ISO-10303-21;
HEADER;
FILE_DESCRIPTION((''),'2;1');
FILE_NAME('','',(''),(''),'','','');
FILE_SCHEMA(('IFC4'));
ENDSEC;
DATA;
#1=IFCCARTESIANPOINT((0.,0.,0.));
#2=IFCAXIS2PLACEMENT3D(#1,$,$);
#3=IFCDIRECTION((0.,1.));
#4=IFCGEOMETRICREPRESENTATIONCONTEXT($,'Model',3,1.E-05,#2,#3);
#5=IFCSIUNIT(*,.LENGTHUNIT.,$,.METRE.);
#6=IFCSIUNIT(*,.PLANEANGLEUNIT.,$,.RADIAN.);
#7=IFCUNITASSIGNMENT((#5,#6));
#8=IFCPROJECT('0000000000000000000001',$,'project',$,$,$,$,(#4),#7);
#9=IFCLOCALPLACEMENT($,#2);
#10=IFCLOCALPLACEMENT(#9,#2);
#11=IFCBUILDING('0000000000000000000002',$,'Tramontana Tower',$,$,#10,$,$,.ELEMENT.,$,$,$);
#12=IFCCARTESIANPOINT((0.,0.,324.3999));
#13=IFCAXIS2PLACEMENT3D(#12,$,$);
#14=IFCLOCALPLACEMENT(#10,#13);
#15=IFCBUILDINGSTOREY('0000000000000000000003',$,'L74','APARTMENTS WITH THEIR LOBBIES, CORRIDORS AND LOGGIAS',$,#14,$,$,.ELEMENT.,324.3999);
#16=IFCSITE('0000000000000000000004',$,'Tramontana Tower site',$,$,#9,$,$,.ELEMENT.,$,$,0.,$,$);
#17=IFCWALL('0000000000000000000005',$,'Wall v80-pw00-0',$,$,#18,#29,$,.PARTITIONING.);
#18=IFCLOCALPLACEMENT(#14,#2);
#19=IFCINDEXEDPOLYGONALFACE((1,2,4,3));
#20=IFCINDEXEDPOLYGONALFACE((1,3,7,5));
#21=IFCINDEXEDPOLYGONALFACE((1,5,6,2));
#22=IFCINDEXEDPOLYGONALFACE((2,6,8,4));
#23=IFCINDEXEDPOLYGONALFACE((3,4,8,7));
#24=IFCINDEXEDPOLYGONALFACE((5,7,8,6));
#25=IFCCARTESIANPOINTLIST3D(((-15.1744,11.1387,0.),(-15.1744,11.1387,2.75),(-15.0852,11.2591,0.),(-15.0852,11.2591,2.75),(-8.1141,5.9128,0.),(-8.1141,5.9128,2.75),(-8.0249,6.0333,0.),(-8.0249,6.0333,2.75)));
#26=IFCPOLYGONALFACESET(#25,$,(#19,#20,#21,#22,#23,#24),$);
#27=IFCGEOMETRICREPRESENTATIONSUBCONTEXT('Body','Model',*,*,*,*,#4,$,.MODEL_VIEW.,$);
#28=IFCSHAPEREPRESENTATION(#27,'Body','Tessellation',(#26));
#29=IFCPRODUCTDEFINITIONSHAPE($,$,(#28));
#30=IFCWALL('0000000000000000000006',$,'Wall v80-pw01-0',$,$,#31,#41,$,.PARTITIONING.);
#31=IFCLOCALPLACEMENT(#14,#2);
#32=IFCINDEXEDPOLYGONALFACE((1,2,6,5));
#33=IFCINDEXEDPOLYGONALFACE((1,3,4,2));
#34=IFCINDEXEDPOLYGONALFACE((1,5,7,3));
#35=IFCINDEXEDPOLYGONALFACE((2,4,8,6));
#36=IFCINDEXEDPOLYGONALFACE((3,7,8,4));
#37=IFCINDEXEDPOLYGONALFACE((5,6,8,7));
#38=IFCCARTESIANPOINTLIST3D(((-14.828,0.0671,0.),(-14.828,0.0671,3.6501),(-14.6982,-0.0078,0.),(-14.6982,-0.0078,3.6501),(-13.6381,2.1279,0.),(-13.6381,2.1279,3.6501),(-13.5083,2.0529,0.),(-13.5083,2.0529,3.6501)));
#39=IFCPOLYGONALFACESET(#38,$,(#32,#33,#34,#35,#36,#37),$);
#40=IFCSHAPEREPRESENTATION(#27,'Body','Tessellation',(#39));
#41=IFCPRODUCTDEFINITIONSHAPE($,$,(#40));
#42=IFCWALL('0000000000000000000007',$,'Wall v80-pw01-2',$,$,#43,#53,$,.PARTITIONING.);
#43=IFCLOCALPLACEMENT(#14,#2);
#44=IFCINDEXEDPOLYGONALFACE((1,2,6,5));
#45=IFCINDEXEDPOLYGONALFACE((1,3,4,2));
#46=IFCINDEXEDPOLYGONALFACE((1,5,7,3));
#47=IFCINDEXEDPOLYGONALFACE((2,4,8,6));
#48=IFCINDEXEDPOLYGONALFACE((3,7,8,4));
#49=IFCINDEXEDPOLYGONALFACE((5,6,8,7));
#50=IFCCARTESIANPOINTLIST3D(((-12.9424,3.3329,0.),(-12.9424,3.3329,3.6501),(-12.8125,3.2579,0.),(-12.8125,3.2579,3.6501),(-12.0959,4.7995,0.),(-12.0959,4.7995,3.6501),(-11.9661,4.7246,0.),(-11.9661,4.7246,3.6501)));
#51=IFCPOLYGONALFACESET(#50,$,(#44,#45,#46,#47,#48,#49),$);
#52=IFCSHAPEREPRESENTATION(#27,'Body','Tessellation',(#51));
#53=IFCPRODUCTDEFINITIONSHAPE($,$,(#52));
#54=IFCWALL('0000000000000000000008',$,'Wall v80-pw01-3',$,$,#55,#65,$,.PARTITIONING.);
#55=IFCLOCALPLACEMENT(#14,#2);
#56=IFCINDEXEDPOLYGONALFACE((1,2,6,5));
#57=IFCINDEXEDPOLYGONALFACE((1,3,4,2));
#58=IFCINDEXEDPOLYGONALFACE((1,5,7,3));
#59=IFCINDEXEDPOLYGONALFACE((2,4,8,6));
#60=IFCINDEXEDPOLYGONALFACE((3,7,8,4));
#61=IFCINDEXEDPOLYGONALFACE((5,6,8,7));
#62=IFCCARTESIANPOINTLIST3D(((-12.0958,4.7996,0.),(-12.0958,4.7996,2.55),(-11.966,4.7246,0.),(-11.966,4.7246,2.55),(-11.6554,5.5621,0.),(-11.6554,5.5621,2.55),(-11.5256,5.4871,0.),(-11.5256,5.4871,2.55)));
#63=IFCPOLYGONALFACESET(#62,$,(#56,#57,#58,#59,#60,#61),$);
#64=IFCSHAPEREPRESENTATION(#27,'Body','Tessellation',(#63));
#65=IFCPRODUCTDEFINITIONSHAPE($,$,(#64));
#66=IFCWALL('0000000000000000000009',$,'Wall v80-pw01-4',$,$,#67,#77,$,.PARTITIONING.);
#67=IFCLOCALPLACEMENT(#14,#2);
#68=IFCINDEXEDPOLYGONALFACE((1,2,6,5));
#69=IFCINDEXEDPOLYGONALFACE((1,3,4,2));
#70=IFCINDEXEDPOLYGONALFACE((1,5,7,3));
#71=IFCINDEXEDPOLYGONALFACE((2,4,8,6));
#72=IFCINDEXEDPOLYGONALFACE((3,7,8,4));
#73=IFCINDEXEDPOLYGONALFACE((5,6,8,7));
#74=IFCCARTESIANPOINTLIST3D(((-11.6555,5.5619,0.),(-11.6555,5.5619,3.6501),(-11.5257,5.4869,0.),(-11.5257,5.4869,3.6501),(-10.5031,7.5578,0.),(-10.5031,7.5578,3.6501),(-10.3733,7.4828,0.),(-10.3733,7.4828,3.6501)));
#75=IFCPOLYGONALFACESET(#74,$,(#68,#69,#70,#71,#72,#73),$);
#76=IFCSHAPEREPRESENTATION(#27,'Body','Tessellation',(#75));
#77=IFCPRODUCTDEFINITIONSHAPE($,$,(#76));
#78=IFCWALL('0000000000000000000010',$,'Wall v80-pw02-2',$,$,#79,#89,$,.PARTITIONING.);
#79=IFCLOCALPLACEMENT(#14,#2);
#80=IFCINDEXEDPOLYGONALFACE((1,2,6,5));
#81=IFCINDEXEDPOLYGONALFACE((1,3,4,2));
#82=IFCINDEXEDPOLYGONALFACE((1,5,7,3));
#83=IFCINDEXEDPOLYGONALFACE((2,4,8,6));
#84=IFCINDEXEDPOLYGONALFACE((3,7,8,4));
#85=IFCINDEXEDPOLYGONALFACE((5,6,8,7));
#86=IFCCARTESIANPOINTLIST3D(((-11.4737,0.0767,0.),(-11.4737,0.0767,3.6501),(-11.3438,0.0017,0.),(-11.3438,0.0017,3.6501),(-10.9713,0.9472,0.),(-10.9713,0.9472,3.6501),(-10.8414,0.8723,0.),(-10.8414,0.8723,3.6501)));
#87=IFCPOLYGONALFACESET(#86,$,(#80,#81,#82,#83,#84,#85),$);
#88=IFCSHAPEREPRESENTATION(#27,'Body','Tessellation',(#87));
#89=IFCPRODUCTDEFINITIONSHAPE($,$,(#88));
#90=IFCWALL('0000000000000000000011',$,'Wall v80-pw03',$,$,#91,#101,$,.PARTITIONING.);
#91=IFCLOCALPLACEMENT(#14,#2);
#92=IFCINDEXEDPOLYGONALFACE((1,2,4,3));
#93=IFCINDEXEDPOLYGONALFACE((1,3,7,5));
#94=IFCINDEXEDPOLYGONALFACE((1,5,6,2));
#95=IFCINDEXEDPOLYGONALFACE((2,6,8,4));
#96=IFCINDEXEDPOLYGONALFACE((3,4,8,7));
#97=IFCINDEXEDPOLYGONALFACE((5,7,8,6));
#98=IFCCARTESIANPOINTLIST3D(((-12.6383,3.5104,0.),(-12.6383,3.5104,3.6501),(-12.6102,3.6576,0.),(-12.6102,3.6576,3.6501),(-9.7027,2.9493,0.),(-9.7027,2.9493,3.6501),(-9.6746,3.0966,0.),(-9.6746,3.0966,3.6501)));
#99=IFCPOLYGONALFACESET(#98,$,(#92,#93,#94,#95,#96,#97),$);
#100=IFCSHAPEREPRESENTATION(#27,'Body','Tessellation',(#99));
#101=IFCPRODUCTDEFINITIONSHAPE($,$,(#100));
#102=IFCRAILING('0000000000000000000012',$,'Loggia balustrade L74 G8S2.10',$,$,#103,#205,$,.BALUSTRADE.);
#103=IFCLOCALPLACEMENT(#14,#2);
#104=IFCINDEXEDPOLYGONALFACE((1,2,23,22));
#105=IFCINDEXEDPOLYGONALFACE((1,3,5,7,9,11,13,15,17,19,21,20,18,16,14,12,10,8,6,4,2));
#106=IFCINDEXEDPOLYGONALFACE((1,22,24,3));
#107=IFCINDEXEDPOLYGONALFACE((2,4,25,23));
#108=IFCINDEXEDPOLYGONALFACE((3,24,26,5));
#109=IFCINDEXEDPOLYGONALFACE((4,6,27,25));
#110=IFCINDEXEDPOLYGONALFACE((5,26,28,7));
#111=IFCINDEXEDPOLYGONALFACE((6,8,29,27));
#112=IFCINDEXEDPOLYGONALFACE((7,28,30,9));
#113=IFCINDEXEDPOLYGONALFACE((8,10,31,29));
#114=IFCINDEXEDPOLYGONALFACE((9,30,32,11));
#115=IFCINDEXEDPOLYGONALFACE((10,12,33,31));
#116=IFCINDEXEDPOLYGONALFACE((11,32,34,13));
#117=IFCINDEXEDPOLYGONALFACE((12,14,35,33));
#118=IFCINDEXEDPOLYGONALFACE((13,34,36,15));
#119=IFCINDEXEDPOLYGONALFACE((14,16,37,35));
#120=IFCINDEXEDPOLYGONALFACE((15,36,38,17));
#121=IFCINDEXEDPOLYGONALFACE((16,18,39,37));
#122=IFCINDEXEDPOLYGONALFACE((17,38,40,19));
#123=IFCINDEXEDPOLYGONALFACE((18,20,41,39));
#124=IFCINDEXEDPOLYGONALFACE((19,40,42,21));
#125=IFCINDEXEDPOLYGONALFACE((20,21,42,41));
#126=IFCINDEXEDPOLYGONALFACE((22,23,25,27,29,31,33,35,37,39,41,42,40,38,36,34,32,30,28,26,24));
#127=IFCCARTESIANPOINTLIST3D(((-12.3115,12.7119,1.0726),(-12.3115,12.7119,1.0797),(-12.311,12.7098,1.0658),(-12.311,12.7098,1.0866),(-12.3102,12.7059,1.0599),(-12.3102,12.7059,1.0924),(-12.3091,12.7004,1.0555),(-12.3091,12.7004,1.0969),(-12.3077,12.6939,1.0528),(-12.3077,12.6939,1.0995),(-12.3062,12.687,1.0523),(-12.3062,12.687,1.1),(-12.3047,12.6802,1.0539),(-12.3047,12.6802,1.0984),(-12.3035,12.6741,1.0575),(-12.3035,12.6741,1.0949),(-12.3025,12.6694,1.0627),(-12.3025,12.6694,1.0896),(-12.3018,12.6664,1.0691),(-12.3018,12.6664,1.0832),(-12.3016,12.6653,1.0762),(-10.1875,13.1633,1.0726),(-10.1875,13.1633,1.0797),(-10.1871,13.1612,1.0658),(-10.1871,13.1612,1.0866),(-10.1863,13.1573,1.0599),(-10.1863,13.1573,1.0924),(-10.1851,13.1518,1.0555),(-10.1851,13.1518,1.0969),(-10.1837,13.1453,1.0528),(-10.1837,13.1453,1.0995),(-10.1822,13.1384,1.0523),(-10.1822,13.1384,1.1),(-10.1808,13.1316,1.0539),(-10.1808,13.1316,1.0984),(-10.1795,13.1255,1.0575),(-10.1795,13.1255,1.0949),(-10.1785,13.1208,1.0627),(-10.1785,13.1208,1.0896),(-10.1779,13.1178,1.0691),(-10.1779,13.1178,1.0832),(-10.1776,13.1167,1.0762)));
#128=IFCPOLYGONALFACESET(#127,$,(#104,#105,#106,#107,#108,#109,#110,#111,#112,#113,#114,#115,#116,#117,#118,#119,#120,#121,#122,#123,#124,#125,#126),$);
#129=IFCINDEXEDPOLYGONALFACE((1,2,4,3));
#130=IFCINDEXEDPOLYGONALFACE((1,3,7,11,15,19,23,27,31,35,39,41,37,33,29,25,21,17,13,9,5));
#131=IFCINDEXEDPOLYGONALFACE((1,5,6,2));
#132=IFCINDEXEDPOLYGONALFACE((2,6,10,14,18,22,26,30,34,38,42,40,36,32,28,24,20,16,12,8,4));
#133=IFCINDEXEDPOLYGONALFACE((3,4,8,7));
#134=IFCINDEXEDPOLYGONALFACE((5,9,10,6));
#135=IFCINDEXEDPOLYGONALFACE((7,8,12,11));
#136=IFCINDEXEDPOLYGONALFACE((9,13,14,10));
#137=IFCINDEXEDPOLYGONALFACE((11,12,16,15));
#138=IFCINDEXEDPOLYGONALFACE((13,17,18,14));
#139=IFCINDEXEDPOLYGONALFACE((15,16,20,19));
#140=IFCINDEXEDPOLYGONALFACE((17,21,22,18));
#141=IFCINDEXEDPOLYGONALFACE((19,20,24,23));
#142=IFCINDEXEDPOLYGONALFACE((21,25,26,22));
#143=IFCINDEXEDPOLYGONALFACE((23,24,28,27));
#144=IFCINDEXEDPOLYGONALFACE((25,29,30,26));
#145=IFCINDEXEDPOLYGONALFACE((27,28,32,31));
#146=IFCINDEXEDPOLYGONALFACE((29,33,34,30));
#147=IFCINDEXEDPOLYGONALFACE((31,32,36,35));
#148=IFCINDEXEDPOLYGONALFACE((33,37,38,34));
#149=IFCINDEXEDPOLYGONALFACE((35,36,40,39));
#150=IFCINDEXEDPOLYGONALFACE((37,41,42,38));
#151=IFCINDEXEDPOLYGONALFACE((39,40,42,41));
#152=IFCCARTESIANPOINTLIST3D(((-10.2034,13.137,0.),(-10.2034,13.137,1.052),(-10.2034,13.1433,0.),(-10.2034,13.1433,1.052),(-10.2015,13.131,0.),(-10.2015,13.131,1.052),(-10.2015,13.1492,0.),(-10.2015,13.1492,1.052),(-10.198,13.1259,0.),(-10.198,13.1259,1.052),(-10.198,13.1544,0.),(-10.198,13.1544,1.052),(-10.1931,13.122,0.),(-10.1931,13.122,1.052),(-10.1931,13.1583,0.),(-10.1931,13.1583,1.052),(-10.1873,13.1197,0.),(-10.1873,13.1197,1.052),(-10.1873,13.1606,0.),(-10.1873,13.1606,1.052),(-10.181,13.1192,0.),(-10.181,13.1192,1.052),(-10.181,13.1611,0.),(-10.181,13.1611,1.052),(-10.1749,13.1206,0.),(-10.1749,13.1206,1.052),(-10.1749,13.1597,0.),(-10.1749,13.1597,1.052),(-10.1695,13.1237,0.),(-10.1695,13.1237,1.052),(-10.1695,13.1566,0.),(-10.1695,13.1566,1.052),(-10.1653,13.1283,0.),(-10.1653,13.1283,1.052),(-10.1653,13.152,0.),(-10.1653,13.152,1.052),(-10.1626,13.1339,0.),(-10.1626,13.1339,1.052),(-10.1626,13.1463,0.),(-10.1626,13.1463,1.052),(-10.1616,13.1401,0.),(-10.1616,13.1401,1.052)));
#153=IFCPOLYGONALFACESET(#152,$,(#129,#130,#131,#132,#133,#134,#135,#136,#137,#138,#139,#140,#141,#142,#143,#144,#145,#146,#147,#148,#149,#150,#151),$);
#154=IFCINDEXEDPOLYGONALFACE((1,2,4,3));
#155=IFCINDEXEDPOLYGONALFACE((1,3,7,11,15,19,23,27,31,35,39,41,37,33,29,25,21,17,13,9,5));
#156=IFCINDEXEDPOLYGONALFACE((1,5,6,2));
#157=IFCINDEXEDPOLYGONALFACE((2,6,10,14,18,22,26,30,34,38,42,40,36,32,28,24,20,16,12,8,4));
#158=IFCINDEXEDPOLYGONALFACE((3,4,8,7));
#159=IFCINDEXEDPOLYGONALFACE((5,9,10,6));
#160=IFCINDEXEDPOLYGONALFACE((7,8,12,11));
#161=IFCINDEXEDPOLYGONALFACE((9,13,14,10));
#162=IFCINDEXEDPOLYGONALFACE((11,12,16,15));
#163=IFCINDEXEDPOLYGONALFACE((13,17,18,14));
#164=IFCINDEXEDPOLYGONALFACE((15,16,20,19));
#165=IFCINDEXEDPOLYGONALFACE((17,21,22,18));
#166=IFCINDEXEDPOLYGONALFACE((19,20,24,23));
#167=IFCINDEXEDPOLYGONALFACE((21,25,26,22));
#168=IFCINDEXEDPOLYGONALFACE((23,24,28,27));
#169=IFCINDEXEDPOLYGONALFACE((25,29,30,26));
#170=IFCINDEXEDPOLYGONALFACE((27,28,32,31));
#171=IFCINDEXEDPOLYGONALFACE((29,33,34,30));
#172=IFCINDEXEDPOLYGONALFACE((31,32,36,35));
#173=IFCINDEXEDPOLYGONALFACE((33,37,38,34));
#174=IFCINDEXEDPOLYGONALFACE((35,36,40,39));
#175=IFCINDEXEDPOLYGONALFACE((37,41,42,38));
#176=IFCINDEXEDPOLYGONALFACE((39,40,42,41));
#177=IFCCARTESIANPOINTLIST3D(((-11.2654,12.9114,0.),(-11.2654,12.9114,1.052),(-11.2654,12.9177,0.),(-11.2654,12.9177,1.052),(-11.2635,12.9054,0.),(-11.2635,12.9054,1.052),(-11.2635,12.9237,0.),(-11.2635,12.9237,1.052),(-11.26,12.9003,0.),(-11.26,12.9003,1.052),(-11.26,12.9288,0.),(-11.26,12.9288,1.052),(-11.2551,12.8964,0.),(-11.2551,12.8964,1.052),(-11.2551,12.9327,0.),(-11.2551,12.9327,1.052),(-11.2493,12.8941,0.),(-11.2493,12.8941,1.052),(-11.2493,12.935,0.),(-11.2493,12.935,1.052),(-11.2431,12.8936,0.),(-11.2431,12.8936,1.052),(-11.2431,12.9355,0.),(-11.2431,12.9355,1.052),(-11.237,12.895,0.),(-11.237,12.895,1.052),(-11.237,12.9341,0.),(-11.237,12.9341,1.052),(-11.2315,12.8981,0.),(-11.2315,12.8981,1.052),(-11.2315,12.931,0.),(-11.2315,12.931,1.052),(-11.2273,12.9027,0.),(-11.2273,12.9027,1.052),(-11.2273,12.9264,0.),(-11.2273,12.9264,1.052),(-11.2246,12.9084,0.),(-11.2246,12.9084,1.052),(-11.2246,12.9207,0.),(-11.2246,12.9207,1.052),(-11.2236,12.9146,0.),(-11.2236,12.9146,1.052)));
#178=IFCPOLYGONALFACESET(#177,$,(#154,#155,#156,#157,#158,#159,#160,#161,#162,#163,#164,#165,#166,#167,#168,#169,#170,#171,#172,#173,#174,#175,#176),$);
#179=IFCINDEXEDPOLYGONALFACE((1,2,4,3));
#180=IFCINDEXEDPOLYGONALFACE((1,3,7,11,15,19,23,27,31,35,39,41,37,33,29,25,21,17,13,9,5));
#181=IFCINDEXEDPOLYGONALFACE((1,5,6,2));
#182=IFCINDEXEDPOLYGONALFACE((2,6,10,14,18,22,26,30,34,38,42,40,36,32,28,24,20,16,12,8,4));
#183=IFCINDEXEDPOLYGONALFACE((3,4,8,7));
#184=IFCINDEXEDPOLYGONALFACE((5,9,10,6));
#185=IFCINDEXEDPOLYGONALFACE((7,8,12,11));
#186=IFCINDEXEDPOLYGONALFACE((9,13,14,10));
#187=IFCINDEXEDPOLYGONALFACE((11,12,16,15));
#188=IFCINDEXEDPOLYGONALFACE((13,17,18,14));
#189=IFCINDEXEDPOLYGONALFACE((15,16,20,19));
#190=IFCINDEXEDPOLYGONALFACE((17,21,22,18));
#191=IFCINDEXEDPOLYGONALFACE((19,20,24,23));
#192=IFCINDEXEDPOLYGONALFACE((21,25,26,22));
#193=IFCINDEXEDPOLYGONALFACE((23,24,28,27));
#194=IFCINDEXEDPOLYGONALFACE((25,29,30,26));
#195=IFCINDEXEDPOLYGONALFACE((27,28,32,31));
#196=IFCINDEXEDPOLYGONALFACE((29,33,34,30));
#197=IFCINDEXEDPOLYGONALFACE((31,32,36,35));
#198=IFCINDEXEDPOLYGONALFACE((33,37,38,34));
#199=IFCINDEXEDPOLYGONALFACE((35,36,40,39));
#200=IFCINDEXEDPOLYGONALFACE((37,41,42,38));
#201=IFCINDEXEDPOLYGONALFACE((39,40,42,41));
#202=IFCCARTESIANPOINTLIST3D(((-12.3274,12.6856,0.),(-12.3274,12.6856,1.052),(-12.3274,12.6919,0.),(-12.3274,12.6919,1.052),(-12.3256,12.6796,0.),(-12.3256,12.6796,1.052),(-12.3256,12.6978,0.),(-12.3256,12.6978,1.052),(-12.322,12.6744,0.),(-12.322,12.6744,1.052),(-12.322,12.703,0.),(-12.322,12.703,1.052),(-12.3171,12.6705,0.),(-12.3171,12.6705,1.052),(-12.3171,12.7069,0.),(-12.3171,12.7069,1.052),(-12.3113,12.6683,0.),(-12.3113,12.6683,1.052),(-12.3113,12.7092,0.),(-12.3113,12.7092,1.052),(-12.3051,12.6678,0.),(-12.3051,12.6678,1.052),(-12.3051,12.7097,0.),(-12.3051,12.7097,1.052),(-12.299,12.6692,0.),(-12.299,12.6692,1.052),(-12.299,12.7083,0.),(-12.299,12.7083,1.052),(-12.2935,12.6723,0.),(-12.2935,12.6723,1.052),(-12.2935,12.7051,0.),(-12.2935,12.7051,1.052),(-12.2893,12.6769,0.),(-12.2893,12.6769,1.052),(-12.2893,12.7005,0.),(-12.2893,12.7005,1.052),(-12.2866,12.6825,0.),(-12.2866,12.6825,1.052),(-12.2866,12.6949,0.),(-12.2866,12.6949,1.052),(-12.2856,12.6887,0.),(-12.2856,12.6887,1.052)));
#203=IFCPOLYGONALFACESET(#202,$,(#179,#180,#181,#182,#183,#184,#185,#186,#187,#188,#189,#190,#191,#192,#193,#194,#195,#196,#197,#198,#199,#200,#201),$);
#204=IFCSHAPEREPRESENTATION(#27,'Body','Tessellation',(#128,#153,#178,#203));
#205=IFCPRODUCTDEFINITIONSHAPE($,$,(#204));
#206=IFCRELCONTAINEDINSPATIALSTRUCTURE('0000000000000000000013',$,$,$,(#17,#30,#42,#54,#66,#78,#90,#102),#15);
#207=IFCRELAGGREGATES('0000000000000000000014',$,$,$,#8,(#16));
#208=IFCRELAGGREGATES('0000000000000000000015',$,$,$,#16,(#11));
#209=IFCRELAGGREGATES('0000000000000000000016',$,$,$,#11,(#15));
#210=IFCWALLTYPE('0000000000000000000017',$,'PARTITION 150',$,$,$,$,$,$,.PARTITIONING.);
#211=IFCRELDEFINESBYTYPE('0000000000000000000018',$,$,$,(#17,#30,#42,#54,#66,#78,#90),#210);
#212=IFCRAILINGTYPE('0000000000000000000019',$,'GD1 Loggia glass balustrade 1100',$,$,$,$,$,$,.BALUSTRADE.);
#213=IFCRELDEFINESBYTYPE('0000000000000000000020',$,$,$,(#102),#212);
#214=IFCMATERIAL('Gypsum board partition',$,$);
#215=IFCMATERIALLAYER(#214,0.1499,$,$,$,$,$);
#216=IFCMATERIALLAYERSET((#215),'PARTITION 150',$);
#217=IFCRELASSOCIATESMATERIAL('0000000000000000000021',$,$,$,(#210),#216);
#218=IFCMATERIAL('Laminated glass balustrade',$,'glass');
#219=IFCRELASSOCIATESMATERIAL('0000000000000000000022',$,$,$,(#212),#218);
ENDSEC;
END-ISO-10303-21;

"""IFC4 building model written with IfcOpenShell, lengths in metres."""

from ifc_helpers import new_model, si_unit, direction, frame, frame_2d, origin, origin_2d, place, context, subcontext, project, spatial, rectangle, circle, extrude, material, layer, layer_set, type_object, element, save


model = new_model("IFC4")

# Units and contexts
model_context = context("Model", 3, precision=1e-05, world=origin(), true_north=direction((0.0, 1.0)))
body_context = subcontext(model_context, "Body", "Model", "MODEL_VIEW")
ifc_project = project(units=[si_unit("LENGTHUNIT", "METRE"), si_unit("PLANEANGLEUNIT", "RADIAN")], contexts=[model_context])

# Site, building, storey
site_placement = place(None, origin())
site = spatial("IfcSite", under=ifc_project, at=site_placement, Name="Tramontana Tower site", CompositionType="ELEMENT", RefElevation=0.0)
building_placement = place(site_placement, origin())
building = spatial("IfcBuilding", under=site, at=building_placement, Name="Tramontana Tower", CompositionType="ELEMENT")
storey_placement = place(building_placement, frame((0.0, 0.0, 324.3999)))
storey = spatial("IfcBuildingStorey", under=building, at=storey_placement, Name="L74", Description="APARTMENTS WITH THEIR LOBBIES, CORRIDORS AND LOGGIAS", CompositionType="ELEMENT", Elevation=324.3999)

# Walls
ifc_material_1 = material(Name="Gypsum board partition")
ifc_layer_1 = layer(ifc_material_1, 0.1499)
ifc_layer_set_1 = layer_set([ifc_layer_1], Name="PARTITION 150")
wall_type_1 = type_object("IfcWallType", Name="PARTITION 150", PredefinedType="PARTITIONING", material=ifc_layer_set_1)
wall_1_placement = place(storey_placement, frame((-15.1299, 11.199, 0.0), z_axis=(0.0, 0.0, 1.0), x_axis=(0.803776, -0.594932, 0.0)))
element("IfcWall", 1, at=wall_1_placement, inside=storey, type_object=wall_type_1, Name="Wall v80-pw00-0", PredefinedType="PARTITIONING", context=body_context, shape_type="SweptSolid", body=[
    extrude(rectangle(XDim=8.7839, YDim=0.1499, at=frame_2d((4.3921, 0.0))), origin(), (0.0, 0.0, 1.0), 2.75),
])
wall_2_placement = place(storey_placement, frame((-14.7632, 0.0295, 0.0), z_axis=(0.0, 0.0, 1.0), x_axis=(0.500045, 0.865999, 0.0)))
element("IfcWall", 2, at=wall_2_placement, inside=storey, type_object=wall_type_1, Name="Wall v80-pw01-0", PredefinedType="PARTITIONING", context=body_context, shape_type="SweptSolid", body=[
    extrude(rectangle(XDim=2.3796, YDim=0.1499, at=frame_2d((1.1899, 0.0))), origin(), (0.0, 0.0, 1.0), 3.6501),
])

# Walls
wall_3_placement = place(storey_placement, frame((-12.8774, 3.2954, 0.0), z_axis=(0.0, 0.0, 1.0), x_axis=(0.499876, 0.866097, 0.0)))
element("IfcWall", 3, at=wall_3_placement, inside=storey, type_object=wall_type_1, Name="Wall v80-pw01-2", PredefinedType="PARTITIONING", context=body_context, shape_type="SweptSolid", body=[
    extrude(rectangle(XDim=1.6934, YDim=0.1499, at=frame_2d((0.8467, 0.0))), origin(), (0.0, 0.0, 1.0), 3.6501),
])
wall_4_placement = place(storey_placement, frame((-12.031, 4.762, 0.0), z_axis=(0.0, 0.0, 1.0), x_axis=(0.500194, 0.865913, 0.0)))
element("IfcWall", 4, at=wall_4_placement, inside=storey, type_object=wall_type_1, Name="Wall v80-pw01-3", PredefinedType="PARTITIONING", context=body_context, shape_type="SweptSolid", body=[
    extrude(rectangle(XDim=0.8806, YDim=0.1499, at=frame_2d((0.4404, 0.0))), origin(), (0.0, 0.0, 1.0), 2.55),
])
wall_5_placement = place(storey_placement, frame((-11.5906, 5.5244, 0.0), z_axis=(0.0, 0.0, 1.0), x_axis=(0.500013, 0.866018, 0.0)))
element("IfcWall", 5, at=wall_5_placement, inside=storey, type_object=wall_type_1, Name="Wall v80-pw01-4", PredefinedType="PARTITIONING", context=body_context, shape_type="SweptSolid", body=[
    extrude(rectangle(XDim=2.3047, YDim=0.1499, at=frame_2d((1.1523, 0.0))), origin(), (0.0, 0.0, 1.0), 3.6501),
])
wall_6_placement = place(storey_placement, frame((-11.4087, 0.0393, 0.0), z_axis=(0.0, 0.0, 1.0), x_axis=(0.499849, 0.866113, 0.0)))
element("IfcWall", 6, at=wall_6_placement, inside=storey, type_object=wall_type_1, Name="Wall v80-pw02-2", PredefinedType="PARTITIONING", context=body_context, shape_type="SweptSolid", body=[
    extrude(rectangle(XDim=1.0051, YDim=0.1499, at=frame_2d((0.5024, 0.0))), origin(), (0.0, 0.0, 1.0), 3.6501),
])
wall_7_placement = place(storey_placement, frame((-12.6243, 3.584, 0.0), z_axis=(0.0, 0.0, 1.0), x_axis=(0.982223, -0.18772, 0.0)))
element("IfcWall", 7, at=wall_7_placement, inside=storey, type_object=wall_type_1, Name="Wall v80-pw03", PredefinedType="PARTITIONING", context=body_context, shape_type="SweptSolid", body=[
    extrude(rectangle(XDim=2.9888, YDim=0.1499, at=frame_2d((1.4944, 0.0))), origin(), (0.0, 0.0, 1.0), 3.6501),
])

# Railing
ifc_material_2 = material(Name="Laminated glass balustrade", Category="glass")
railing_type = type_object("IfcRailingType", Name="GD1 Loggia glass balustrade 1100", PredefinedType="BALUSTRADE", material=ifc_material_2)
railing_1_placement = place(storey_placement, frame((-10.1826, 13.1401, 0.0)))
element("IfcRailing", 8, at=railing_1_placement, inside=storey, type_object=railing_type, Name="Loggia balustrade L74 G8S2.10", PredefinedType="BALUSTRADE", context=body_context, shape_type="SweptSolid", body=[
    extrude(circle(Radius=0.0239, at=origin_2d()), frame((0.0, 0.0, 1.0762), z_axis=(-0.978153, -0.207886, 0.0), x_axis=(0.207886, -0.978153, 0.0)), (0.0, 0.0, 1.0), 2.1714),
    extrude(circle(Radius=0.021, at=origin_2d()), origin(), (0.0, 0.0, 1.0), 1.052),
    extrude(circle(Radius=0.021, at=origin_2d()), frame((-1.062, -0.2256, 0.0)), (0.0, 0.0, 1.0), 1.052),
    extrude(circle(Radius=0.021, at=origin_2d()), frame((-2.124, -0.4514, 0.0)), (0.0, 0.0, 1.0), 1.052),
])

save(model, "model.ifc")
